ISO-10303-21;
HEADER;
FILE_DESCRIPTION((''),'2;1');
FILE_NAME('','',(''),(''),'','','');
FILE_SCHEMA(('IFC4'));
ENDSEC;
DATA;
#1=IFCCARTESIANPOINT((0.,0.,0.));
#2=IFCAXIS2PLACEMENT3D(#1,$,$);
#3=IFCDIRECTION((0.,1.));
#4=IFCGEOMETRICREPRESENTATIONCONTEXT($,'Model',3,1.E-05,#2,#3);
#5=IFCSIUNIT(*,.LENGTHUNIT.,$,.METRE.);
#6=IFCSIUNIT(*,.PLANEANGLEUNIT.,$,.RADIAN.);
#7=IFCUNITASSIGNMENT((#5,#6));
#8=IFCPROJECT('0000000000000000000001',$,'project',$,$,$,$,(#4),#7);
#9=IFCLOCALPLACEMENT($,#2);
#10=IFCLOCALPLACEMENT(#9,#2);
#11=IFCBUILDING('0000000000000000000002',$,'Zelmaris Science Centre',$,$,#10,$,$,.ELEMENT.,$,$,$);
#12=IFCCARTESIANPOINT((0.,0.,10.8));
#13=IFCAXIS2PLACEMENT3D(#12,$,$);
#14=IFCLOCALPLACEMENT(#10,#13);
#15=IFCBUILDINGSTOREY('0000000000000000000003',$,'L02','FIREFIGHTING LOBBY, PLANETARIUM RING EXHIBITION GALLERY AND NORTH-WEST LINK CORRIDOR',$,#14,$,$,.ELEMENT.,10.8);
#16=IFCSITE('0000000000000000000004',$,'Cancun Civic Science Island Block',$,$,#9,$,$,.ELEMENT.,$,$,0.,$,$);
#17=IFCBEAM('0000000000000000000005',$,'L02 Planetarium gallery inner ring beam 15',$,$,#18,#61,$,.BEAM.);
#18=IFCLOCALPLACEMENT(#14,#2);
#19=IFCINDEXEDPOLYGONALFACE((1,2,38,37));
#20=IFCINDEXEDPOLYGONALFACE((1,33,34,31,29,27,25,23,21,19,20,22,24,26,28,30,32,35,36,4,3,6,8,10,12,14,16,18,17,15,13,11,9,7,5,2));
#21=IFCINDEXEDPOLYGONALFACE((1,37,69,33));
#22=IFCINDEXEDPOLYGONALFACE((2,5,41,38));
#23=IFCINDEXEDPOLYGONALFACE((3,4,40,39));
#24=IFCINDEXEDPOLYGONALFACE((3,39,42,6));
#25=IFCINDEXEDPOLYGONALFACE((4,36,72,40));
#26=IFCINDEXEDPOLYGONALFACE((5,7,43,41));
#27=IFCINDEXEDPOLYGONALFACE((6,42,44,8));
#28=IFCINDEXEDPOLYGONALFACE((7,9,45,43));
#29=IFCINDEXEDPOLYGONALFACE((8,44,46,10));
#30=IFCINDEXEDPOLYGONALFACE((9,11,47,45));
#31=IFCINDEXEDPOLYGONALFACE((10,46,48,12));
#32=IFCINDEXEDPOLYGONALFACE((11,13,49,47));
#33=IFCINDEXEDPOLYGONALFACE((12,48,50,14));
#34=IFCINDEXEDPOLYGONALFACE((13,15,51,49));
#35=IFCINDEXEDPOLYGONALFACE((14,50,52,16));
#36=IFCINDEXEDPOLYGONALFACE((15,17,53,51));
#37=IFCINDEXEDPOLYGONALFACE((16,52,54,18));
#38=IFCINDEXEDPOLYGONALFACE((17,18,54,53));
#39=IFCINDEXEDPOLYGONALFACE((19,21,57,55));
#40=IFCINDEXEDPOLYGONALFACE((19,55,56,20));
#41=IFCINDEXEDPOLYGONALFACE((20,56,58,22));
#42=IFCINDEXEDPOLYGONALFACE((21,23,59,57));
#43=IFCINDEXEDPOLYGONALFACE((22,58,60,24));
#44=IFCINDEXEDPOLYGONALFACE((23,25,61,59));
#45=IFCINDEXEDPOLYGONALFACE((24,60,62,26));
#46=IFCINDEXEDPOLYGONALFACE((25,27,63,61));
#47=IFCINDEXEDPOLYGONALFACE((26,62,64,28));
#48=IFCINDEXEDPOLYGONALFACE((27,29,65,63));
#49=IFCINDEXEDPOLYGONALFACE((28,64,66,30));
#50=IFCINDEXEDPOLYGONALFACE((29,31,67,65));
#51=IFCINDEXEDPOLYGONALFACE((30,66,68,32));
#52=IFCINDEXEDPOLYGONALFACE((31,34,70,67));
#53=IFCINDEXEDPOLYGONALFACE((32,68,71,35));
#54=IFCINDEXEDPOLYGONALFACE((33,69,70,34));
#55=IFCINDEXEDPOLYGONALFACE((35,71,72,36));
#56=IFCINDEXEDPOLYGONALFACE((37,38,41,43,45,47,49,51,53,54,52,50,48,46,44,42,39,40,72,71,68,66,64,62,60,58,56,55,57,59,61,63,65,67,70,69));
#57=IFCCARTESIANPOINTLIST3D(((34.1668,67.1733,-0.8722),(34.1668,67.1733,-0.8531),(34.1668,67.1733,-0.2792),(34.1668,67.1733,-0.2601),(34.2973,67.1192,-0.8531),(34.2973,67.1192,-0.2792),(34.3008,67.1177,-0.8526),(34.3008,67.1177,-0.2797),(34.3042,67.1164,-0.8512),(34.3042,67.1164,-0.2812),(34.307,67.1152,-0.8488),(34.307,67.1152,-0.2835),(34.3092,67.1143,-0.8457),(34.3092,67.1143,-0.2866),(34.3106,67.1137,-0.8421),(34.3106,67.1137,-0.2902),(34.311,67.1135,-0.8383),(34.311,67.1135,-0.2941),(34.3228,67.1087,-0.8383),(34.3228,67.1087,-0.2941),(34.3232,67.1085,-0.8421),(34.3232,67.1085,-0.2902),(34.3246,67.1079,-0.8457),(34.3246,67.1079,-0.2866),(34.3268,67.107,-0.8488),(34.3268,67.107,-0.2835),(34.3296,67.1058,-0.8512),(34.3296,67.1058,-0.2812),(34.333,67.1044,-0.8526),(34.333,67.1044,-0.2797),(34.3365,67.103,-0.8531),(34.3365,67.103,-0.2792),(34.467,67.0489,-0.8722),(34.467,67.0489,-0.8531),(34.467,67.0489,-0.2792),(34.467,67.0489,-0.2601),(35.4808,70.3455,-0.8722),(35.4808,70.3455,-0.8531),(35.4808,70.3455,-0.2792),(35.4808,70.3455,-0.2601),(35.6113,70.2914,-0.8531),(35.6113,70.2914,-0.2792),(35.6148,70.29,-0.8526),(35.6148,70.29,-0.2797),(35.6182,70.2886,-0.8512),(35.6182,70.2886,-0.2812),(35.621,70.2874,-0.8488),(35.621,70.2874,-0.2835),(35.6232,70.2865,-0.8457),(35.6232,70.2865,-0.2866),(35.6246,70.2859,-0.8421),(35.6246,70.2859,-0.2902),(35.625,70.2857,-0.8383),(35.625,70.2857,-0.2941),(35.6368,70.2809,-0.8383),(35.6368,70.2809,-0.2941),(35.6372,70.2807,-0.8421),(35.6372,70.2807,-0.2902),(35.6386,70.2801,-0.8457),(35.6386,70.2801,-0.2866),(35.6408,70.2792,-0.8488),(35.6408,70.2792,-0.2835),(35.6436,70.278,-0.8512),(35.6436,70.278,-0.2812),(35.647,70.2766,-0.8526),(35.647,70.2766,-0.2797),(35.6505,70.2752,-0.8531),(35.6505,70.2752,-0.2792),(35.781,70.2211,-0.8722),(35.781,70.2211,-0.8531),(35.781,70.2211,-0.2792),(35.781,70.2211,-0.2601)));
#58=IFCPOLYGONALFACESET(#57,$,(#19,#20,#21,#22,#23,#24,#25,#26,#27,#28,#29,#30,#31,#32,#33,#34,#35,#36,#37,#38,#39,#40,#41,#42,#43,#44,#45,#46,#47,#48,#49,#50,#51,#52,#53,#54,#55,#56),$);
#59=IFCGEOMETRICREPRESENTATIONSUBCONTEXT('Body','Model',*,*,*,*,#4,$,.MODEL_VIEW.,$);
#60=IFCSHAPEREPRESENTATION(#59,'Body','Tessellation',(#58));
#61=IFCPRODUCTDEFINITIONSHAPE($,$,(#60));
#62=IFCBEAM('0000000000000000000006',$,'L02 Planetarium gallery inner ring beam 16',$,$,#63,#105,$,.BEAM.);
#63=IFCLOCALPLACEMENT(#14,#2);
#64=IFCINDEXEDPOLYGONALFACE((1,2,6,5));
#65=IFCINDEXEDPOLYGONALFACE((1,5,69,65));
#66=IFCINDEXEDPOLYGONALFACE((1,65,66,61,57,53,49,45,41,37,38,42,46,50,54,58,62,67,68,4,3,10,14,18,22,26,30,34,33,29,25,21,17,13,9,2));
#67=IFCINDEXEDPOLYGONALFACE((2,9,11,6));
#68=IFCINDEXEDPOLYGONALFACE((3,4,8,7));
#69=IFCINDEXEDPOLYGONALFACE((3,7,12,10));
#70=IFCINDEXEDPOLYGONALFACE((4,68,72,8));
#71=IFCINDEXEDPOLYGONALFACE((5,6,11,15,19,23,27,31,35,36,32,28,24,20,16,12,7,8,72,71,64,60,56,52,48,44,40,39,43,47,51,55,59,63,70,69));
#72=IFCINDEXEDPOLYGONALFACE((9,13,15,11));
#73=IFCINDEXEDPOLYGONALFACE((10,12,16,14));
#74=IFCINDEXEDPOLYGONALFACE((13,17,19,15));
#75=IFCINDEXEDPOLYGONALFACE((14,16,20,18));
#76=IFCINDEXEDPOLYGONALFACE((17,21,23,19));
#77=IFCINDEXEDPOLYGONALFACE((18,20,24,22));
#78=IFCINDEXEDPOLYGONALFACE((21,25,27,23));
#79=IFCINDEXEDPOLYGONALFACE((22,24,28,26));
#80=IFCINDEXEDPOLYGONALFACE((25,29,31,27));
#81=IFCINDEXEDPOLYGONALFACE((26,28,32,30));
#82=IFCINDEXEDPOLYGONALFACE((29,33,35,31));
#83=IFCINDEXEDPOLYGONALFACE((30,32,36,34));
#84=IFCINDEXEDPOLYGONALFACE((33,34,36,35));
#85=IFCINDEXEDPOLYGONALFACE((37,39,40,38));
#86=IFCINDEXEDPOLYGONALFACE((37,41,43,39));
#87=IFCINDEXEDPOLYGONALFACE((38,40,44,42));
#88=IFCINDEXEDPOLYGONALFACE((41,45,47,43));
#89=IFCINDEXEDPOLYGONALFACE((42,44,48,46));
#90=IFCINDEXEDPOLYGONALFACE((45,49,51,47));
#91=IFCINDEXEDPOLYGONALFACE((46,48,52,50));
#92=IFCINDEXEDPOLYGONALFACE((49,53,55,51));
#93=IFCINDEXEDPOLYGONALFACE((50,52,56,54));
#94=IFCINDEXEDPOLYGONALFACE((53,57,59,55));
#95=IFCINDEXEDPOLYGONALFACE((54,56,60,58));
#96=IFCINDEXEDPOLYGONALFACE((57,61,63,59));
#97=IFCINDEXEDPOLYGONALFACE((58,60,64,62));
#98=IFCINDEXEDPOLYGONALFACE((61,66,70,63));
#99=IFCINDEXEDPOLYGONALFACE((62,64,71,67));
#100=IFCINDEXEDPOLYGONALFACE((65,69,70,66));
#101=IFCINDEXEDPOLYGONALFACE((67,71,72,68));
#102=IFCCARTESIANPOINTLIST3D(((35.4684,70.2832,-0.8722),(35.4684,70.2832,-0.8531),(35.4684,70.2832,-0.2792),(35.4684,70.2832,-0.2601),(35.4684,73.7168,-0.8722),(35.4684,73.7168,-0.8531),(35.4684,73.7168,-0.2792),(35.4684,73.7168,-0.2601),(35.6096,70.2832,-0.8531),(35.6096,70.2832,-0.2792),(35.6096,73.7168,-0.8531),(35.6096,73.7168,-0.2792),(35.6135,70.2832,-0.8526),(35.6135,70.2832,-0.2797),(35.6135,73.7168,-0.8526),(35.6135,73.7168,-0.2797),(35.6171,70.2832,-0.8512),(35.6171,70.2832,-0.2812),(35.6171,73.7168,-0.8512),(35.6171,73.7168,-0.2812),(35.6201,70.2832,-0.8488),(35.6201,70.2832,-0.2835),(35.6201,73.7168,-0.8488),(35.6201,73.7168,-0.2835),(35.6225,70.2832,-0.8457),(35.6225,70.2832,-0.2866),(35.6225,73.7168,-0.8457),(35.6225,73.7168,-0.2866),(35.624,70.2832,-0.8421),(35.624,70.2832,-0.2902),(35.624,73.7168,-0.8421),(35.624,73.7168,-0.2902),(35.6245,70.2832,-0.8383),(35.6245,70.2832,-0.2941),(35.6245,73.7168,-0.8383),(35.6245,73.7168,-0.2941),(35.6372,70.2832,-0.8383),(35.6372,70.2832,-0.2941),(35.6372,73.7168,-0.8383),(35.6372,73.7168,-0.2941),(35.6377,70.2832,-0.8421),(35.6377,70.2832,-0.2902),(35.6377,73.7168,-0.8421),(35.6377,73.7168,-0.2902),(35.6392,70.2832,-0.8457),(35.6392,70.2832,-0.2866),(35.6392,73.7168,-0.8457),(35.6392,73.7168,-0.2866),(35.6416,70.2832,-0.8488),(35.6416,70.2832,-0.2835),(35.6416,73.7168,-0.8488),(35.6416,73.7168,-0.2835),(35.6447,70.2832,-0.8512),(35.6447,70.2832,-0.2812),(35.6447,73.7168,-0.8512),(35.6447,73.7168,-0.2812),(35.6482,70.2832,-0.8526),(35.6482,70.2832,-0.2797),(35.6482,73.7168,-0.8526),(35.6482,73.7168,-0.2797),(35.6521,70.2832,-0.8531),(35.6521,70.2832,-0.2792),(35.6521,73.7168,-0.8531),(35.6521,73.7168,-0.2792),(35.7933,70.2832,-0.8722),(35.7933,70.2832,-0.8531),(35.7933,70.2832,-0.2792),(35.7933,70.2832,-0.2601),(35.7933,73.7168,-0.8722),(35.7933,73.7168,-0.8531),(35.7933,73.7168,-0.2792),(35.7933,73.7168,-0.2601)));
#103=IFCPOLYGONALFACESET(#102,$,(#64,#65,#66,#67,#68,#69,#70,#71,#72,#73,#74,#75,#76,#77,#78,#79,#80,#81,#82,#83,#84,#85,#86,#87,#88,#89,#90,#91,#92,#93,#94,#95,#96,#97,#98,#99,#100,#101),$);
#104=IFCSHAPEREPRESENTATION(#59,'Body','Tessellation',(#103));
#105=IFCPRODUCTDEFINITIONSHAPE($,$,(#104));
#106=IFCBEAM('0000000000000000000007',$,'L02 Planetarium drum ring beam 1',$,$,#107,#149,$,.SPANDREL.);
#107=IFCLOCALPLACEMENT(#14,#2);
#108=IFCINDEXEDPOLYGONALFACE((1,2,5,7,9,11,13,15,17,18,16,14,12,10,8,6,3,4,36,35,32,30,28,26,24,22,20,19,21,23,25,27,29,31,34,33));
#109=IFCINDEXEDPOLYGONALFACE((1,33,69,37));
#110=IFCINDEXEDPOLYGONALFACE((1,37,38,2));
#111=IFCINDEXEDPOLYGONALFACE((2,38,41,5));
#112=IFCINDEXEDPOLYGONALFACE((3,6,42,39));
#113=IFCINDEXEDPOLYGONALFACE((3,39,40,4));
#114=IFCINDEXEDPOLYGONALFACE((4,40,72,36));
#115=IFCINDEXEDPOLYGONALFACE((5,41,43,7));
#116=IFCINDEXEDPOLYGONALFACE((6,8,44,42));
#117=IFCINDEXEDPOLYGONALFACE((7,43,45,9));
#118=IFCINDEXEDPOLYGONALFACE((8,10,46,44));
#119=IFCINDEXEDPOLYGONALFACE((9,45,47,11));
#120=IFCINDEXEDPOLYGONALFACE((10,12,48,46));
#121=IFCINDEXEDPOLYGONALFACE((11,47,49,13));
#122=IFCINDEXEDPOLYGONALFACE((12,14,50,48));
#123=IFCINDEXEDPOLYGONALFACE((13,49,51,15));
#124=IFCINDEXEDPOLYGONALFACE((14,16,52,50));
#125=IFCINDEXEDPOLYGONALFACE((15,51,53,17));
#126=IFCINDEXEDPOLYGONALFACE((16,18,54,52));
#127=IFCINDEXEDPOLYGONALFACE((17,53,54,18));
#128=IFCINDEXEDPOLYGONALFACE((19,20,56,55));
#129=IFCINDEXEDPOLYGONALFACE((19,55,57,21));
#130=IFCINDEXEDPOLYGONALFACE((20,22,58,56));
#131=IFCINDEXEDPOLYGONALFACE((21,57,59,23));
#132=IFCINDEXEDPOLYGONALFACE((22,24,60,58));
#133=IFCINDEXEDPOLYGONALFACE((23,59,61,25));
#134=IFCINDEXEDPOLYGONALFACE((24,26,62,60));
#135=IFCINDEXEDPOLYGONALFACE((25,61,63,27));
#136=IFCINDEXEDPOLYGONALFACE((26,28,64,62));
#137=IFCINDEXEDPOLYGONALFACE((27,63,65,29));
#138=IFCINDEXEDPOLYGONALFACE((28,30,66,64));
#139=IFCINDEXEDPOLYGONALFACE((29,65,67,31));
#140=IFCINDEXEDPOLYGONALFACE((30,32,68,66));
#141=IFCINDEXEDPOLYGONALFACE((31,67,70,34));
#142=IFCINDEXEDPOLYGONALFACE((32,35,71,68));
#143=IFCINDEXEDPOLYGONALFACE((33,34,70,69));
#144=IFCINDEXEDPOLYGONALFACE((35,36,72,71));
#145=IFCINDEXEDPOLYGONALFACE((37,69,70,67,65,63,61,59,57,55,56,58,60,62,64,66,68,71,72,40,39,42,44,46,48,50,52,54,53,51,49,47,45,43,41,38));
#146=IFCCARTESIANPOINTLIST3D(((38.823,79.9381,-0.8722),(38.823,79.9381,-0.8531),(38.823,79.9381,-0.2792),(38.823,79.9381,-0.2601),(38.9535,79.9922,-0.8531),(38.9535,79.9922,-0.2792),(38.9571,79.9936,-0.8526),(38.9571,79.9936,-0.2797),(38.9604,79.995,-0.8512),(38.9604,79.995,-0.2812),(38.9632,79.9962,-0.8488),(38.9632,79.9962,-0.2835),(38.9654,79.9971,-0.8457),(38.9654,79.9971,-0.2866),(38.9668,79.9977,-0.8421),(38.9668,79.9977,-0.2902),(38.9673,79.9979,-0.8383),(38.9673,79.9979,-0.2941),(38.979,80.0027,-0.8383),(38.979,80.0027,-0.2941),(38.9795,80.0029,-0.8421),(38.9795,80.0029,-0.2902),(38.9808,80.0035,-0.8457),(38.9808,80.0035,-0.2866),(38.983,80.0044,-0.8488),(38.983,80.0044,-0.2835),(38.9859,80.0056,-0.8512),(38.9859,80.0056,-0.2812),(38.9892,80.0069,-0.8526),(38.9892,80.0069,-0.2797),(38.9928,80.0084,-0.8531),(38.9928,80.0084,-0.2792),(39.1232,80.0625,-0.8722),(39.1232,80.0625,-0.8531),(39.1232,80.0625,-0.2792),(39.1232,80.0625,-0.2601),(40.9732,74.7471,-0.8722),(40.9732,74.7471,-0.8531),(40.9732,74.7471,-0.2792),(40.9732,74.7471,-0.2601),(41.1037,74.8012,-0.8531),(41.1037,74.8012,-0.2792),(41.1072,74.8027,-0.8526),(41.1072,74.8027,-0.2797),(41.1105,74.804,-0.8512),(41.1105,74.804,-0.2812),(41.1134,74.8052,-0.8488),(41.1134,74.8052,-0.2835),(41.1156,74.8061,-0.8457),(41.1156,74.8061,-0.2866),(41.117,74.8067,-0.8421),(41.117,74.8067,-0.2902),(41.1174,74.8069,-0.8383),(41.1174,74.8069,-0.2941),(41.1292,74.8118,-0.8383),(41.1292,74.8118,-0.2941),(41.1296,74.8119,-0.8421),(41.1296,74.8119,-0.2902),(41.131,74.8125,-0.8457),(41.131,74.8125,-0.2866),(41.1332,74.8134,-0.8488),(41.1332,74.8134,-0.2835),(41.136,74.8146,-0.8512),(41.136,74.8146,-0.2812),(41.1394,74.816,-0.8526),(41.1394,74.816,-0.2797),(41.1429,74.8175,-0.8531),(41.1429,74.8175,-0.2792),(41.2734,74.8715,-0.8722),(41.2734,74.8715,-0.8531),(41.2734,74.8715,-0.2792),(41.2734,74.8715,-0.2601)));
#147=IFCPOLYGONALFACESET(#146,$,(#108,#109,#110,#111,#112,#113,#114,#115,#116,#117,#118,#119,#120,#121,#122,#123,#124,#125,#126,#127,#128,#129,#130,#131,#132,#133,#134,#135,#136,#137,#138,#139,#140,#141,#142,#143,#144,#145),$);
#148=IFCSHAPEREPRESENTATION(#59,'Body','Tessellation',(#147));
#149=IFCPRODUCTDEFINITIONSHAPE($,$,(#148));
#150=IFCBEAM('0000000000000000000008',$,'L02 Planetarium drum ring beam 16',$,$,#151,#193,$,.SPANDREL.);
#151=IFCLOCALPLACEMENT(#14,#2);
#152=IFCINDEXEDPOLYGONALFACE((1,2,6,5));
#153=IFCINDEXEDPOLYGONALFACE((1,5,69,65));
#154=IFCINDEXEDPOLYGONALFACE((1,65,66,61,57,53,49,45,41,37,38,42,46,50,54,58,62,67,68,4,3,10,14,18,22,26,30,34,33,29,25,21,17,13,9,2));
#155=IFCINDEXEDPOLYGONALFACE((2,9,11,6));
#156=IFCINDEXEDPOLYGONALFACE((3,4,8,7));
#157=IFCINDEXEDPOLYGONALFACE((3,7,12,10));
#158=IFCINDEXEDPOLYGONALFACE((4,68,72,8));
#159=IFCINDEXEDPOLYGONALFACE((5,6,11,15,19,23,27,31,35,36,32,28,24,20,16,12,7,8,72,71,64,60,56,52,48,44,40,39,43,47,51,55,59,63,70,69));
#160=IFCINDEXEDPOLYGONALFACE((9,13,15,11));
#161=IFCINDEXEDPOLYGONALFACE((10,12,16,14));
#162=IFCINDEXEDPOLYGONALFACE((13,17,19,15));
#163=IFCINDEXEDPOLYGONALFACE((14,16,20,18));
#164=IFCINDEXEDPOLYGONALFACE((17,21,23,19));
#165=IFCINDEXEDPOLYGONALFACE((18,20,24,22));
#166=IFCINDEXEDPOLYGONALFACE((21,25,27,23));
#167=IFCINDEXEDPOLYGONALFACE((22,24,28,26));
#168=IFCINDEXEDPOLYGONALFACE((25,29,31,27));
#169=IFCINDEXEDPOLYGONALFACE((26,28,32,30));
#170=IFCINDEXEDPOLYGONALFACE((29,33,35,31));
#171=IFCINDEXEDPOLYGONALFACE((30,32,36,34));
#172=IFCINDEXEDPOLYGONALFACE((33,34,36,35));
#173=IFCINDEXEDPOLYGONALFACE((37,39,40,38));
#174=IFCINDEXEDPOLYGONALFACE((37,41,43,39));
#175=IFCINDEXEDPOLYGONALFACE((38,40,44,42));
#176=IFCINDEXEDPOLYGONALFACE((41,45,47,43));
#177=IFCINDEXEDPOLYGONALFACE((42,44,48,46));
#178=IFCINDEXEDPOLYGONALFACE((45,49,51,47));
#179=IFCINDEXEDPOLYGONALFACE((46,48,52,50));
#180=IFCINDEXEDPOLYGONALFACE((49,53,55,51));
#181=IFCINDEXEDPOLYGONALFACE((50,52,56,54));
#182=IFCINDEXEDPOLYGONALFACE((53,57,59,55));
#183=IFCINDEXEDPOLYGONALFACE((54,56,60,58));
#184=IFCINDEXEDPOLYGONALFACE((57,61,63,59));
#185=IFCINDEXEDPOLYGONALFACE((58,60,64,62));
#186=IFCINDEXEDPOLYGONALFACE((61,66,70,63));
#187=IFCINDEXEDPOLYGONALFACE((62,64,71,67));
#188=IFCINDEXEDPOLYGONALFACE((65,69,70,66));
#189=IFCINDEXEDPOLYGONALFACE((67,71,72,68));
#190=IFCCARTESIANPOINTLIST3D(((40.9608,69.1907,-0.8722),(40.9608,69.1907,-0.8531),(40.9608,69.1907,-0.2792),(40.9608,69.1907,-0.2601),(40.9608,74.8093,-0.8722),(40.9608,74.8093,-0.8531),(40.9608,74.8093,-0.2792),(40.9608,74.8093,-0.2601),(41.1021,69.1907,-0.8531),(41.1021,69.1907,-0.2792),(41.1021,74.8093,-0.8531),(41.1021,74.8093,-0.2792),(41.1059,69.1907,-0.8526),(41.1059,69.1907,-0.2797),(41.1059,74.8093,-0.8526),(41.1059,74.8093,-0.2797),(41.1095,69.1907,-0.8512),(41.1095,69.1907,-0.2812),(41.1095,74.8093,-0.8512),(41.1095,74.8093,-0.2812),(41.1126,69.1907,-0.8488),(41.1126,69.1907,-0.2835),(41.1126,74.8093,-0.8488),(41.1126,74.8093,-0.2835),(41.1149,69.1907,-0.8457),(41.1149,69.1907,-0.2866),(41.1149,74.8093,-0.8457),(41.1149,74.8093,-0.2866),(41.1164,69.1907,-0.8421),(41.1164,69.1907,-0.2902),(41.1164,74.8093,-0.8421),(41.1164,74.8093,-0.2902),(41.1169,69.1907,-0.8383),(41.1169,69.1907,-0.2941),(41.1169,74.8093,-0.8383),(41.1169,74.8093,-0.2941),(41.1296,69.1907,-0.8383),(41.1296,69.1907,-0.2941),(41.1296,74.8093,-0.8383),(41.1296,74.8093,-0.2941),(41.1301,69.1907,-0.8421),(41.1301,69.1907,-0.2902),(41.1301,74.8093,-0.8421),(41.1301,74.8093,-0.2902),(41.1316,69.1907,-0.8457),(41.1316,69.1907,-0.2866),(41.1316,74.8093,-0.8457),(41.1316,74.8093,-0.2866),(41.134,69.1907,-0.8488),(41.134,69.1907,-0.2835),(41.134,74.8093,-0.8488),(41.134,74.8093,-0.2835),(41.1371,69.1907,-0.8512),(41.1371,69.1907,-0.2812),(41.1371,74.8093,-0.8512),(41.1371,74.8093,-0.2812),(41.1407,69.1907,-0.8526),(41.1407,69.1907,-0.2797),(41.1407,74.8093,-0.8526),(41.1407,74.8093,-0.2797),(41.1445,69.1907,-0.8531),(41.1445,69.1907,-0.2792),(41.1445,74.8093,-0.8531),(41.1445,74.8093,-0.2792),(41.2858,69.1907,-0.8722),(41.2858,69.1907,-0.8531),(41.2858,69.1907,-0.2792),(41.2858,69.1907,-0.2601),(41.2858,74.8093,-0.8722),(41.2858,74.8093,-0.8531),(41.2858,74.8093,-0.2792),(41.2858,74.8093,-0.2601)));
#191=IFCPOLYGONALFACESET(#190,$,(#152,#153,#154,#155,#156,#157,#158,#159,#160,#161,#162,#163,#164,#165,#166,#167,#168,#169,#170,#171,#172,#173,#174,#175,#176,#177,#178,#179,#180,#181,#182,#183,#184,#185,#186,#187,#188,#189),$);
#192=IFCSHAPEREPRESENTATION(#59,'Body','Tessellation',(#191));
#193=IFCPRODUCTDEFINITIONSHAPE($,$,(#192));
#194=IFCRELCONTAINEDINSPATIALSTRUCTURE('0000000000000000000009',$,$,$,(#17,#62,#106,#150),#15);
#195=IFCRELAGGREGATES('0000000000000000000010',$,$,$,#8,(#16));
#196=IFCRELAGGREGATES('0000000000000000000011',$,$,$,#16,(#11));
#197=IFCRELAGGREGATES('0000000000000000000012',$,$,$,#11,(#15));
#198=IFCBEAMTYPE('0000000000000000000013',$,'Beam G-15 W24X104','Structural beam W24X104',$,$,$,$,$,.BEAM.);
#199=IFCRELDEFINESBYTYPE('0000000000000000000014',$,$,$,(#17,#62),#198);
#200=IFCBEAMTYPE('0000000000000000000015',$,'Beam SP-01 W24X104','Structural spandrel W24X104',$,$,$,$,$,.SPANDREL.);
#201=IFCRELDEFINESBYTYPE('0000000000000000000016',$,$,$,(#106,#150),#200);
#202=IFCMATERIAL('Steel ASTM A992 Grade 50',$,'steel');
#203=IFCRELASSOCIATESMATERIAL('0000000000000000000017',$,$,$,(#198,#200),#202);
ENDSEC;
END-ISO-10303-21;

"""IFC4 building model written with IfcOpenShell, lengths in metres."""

from ifc_helpers import new_model, si_unit, direction, frame, origin, origin_2d, place, context, subcontext, project, spatial, i_section, extrude, material, material_profile, profile_set, type_object, element, save


model = new_model("IFC4")

# Units and contexts
model_context = context("Model", 3, precision=1e-05, world=origin(), true_north=direction((0.0, 1.0)))
body_context = subcontext(model_context, "Body", "Model", "MODEL_VIEW")
ifc_project = project(units=[si_unit("LENGTHUNIT", "METRE"), si_unit("PLANEANGLEUNIT", "RADIAN")], contexts=[model_context])

# Site, building, storey
site_placement = place(None, origin())
site = spatial("IfcSite", under=ifc_project, at=site_placement, Name="Cancun Civic Science Island Block", CompositionType="ELEMENT", RefElevation=0.0)
building_placement = place(site_placement, origin())
building = spatial("IfcBuilding", under=site, at=building_placement, Name="Zelmaris Science Centre", CompositionType="ELEMENT")
storey_placement = place(building_placement, frame((0.0, 0.0, 10.8)))
storey = spatial("IfcBuildingStorey", under=building, at=storey_placement, Name="L02", Description="FIREFIGHTING LOBBY, PLANETARIUM RING EXHIBITION GALLERY AND NORTH-WEST LINK CORRIDOR", CompositionType="ELEMENT", Elevation=10.8)

# Beams
ifc_material_1 = material(Name="Steel ASTM A992 Grade 50", Category="steel")
ifc_material_profile_1 = material_profile(ifc_material_1, i_section(OverallWidth=0.325, OverallDepth=0.6121, WebThickness=0.0127, FlangeThickness=0.019, FilletRadius=0.0149, at=origin_2d()), Name="W24X104")
ifc_profile_set_1 = profile_set([ifc_material_profile_1], Name="Steel ASTM A992 Grade 50")
beam_type_1 = type_object("IfcBeamType", Name="Beam G-15 W24X104", Description="Structural beam W24X104", PredefinedType="BEAM", material=ifc_profile_set_1)
for number, where, z_axis, x_axis, name in (
    (1, (34.3169, 67.1111, -0.5662), (0.382691, 0.923876, 0.0), (-0.923876, 0.382691, 0.0), "L02 Planetarium gallery inner ring beam 15"),
    (2, (35.6309, 70.2832, -0.5662), (0.0, 1.0, 0.0), (-1.0, 0.0, 0.0), "L02 Planetarium gallery inner ring beam 16"),
):
    element("IfcBeam", number, at=place(storey_placement, frame(where, z_axis=z_axis, x_axis=x_axis)), inside=storey, type_object=beam_type_1, Name=name, PredefinedType="BEAM", context=body_context, shape_type="SweptSolid", body=[
        extrude(i_section(OverallWidth=0.325, OverallDepth=0.6121, WebThickness=0.0127, FlangeThickness=0.019, FilletRadius=0.0149, at=origin_2d()), origin(), (0.0, 0.0, 1.0), 3.4336),
    ])
ifc_material_profile_2 = material_profile(ifc_material_1, i_section(OverallWidth=0.325, OverallDepth=0.6121, WebThickness=0.0127, FlangeThickness=0.019, FilletRadius=0.0149, at=origin_2d()), Name="W24X104")
ifc_profile_set_2 = profile_set([ifc_material_profile_2], Name="Steel ASTM A992 Grade 50")
beam_type_2 = type_object("IfcBeamType", Name="Beam SP-01 W24X104", Description="Structural spandrel W24X104", PredefinedType="SPANDREL", material=ifc_profile_set_2)
for number, where, z_axis, x_axis, name in (
    (3, (41.1233, 74.8093, -0.5662), (-0.382683, 0.92388, 0.0), (-0.92388, -0.382683, 0.0), "L02 Planetarium drum ring beam 1"),
    (4, (41.1233, 69.1907, -0.5662), (0.0, 1.0, 0.0), (-1.0, 0.0, 0.0), "L02 Planetarium drum ring beam 16"),
):
    element("IfcBeam", number, at=place(storey_placement, frame(where, z_axis=z_axis, x_axis=x_axis)), inside=storey, type_object=beam_type_2, Name=name, PredefinedType="SPANDREL", context=body_context, shape_type="SweptSolid", body=[
        extrude(i_section(OverallWidth=0.325, OverallDepth=0.6121, WebThickness=0.0127, FlangeThickness=0.019, FilletRadius=0.0149, at=origin_2d()), origin(), (0.0, 0.0, 1.0), 5.6187),
    ])

save(model, "model.ifc")
